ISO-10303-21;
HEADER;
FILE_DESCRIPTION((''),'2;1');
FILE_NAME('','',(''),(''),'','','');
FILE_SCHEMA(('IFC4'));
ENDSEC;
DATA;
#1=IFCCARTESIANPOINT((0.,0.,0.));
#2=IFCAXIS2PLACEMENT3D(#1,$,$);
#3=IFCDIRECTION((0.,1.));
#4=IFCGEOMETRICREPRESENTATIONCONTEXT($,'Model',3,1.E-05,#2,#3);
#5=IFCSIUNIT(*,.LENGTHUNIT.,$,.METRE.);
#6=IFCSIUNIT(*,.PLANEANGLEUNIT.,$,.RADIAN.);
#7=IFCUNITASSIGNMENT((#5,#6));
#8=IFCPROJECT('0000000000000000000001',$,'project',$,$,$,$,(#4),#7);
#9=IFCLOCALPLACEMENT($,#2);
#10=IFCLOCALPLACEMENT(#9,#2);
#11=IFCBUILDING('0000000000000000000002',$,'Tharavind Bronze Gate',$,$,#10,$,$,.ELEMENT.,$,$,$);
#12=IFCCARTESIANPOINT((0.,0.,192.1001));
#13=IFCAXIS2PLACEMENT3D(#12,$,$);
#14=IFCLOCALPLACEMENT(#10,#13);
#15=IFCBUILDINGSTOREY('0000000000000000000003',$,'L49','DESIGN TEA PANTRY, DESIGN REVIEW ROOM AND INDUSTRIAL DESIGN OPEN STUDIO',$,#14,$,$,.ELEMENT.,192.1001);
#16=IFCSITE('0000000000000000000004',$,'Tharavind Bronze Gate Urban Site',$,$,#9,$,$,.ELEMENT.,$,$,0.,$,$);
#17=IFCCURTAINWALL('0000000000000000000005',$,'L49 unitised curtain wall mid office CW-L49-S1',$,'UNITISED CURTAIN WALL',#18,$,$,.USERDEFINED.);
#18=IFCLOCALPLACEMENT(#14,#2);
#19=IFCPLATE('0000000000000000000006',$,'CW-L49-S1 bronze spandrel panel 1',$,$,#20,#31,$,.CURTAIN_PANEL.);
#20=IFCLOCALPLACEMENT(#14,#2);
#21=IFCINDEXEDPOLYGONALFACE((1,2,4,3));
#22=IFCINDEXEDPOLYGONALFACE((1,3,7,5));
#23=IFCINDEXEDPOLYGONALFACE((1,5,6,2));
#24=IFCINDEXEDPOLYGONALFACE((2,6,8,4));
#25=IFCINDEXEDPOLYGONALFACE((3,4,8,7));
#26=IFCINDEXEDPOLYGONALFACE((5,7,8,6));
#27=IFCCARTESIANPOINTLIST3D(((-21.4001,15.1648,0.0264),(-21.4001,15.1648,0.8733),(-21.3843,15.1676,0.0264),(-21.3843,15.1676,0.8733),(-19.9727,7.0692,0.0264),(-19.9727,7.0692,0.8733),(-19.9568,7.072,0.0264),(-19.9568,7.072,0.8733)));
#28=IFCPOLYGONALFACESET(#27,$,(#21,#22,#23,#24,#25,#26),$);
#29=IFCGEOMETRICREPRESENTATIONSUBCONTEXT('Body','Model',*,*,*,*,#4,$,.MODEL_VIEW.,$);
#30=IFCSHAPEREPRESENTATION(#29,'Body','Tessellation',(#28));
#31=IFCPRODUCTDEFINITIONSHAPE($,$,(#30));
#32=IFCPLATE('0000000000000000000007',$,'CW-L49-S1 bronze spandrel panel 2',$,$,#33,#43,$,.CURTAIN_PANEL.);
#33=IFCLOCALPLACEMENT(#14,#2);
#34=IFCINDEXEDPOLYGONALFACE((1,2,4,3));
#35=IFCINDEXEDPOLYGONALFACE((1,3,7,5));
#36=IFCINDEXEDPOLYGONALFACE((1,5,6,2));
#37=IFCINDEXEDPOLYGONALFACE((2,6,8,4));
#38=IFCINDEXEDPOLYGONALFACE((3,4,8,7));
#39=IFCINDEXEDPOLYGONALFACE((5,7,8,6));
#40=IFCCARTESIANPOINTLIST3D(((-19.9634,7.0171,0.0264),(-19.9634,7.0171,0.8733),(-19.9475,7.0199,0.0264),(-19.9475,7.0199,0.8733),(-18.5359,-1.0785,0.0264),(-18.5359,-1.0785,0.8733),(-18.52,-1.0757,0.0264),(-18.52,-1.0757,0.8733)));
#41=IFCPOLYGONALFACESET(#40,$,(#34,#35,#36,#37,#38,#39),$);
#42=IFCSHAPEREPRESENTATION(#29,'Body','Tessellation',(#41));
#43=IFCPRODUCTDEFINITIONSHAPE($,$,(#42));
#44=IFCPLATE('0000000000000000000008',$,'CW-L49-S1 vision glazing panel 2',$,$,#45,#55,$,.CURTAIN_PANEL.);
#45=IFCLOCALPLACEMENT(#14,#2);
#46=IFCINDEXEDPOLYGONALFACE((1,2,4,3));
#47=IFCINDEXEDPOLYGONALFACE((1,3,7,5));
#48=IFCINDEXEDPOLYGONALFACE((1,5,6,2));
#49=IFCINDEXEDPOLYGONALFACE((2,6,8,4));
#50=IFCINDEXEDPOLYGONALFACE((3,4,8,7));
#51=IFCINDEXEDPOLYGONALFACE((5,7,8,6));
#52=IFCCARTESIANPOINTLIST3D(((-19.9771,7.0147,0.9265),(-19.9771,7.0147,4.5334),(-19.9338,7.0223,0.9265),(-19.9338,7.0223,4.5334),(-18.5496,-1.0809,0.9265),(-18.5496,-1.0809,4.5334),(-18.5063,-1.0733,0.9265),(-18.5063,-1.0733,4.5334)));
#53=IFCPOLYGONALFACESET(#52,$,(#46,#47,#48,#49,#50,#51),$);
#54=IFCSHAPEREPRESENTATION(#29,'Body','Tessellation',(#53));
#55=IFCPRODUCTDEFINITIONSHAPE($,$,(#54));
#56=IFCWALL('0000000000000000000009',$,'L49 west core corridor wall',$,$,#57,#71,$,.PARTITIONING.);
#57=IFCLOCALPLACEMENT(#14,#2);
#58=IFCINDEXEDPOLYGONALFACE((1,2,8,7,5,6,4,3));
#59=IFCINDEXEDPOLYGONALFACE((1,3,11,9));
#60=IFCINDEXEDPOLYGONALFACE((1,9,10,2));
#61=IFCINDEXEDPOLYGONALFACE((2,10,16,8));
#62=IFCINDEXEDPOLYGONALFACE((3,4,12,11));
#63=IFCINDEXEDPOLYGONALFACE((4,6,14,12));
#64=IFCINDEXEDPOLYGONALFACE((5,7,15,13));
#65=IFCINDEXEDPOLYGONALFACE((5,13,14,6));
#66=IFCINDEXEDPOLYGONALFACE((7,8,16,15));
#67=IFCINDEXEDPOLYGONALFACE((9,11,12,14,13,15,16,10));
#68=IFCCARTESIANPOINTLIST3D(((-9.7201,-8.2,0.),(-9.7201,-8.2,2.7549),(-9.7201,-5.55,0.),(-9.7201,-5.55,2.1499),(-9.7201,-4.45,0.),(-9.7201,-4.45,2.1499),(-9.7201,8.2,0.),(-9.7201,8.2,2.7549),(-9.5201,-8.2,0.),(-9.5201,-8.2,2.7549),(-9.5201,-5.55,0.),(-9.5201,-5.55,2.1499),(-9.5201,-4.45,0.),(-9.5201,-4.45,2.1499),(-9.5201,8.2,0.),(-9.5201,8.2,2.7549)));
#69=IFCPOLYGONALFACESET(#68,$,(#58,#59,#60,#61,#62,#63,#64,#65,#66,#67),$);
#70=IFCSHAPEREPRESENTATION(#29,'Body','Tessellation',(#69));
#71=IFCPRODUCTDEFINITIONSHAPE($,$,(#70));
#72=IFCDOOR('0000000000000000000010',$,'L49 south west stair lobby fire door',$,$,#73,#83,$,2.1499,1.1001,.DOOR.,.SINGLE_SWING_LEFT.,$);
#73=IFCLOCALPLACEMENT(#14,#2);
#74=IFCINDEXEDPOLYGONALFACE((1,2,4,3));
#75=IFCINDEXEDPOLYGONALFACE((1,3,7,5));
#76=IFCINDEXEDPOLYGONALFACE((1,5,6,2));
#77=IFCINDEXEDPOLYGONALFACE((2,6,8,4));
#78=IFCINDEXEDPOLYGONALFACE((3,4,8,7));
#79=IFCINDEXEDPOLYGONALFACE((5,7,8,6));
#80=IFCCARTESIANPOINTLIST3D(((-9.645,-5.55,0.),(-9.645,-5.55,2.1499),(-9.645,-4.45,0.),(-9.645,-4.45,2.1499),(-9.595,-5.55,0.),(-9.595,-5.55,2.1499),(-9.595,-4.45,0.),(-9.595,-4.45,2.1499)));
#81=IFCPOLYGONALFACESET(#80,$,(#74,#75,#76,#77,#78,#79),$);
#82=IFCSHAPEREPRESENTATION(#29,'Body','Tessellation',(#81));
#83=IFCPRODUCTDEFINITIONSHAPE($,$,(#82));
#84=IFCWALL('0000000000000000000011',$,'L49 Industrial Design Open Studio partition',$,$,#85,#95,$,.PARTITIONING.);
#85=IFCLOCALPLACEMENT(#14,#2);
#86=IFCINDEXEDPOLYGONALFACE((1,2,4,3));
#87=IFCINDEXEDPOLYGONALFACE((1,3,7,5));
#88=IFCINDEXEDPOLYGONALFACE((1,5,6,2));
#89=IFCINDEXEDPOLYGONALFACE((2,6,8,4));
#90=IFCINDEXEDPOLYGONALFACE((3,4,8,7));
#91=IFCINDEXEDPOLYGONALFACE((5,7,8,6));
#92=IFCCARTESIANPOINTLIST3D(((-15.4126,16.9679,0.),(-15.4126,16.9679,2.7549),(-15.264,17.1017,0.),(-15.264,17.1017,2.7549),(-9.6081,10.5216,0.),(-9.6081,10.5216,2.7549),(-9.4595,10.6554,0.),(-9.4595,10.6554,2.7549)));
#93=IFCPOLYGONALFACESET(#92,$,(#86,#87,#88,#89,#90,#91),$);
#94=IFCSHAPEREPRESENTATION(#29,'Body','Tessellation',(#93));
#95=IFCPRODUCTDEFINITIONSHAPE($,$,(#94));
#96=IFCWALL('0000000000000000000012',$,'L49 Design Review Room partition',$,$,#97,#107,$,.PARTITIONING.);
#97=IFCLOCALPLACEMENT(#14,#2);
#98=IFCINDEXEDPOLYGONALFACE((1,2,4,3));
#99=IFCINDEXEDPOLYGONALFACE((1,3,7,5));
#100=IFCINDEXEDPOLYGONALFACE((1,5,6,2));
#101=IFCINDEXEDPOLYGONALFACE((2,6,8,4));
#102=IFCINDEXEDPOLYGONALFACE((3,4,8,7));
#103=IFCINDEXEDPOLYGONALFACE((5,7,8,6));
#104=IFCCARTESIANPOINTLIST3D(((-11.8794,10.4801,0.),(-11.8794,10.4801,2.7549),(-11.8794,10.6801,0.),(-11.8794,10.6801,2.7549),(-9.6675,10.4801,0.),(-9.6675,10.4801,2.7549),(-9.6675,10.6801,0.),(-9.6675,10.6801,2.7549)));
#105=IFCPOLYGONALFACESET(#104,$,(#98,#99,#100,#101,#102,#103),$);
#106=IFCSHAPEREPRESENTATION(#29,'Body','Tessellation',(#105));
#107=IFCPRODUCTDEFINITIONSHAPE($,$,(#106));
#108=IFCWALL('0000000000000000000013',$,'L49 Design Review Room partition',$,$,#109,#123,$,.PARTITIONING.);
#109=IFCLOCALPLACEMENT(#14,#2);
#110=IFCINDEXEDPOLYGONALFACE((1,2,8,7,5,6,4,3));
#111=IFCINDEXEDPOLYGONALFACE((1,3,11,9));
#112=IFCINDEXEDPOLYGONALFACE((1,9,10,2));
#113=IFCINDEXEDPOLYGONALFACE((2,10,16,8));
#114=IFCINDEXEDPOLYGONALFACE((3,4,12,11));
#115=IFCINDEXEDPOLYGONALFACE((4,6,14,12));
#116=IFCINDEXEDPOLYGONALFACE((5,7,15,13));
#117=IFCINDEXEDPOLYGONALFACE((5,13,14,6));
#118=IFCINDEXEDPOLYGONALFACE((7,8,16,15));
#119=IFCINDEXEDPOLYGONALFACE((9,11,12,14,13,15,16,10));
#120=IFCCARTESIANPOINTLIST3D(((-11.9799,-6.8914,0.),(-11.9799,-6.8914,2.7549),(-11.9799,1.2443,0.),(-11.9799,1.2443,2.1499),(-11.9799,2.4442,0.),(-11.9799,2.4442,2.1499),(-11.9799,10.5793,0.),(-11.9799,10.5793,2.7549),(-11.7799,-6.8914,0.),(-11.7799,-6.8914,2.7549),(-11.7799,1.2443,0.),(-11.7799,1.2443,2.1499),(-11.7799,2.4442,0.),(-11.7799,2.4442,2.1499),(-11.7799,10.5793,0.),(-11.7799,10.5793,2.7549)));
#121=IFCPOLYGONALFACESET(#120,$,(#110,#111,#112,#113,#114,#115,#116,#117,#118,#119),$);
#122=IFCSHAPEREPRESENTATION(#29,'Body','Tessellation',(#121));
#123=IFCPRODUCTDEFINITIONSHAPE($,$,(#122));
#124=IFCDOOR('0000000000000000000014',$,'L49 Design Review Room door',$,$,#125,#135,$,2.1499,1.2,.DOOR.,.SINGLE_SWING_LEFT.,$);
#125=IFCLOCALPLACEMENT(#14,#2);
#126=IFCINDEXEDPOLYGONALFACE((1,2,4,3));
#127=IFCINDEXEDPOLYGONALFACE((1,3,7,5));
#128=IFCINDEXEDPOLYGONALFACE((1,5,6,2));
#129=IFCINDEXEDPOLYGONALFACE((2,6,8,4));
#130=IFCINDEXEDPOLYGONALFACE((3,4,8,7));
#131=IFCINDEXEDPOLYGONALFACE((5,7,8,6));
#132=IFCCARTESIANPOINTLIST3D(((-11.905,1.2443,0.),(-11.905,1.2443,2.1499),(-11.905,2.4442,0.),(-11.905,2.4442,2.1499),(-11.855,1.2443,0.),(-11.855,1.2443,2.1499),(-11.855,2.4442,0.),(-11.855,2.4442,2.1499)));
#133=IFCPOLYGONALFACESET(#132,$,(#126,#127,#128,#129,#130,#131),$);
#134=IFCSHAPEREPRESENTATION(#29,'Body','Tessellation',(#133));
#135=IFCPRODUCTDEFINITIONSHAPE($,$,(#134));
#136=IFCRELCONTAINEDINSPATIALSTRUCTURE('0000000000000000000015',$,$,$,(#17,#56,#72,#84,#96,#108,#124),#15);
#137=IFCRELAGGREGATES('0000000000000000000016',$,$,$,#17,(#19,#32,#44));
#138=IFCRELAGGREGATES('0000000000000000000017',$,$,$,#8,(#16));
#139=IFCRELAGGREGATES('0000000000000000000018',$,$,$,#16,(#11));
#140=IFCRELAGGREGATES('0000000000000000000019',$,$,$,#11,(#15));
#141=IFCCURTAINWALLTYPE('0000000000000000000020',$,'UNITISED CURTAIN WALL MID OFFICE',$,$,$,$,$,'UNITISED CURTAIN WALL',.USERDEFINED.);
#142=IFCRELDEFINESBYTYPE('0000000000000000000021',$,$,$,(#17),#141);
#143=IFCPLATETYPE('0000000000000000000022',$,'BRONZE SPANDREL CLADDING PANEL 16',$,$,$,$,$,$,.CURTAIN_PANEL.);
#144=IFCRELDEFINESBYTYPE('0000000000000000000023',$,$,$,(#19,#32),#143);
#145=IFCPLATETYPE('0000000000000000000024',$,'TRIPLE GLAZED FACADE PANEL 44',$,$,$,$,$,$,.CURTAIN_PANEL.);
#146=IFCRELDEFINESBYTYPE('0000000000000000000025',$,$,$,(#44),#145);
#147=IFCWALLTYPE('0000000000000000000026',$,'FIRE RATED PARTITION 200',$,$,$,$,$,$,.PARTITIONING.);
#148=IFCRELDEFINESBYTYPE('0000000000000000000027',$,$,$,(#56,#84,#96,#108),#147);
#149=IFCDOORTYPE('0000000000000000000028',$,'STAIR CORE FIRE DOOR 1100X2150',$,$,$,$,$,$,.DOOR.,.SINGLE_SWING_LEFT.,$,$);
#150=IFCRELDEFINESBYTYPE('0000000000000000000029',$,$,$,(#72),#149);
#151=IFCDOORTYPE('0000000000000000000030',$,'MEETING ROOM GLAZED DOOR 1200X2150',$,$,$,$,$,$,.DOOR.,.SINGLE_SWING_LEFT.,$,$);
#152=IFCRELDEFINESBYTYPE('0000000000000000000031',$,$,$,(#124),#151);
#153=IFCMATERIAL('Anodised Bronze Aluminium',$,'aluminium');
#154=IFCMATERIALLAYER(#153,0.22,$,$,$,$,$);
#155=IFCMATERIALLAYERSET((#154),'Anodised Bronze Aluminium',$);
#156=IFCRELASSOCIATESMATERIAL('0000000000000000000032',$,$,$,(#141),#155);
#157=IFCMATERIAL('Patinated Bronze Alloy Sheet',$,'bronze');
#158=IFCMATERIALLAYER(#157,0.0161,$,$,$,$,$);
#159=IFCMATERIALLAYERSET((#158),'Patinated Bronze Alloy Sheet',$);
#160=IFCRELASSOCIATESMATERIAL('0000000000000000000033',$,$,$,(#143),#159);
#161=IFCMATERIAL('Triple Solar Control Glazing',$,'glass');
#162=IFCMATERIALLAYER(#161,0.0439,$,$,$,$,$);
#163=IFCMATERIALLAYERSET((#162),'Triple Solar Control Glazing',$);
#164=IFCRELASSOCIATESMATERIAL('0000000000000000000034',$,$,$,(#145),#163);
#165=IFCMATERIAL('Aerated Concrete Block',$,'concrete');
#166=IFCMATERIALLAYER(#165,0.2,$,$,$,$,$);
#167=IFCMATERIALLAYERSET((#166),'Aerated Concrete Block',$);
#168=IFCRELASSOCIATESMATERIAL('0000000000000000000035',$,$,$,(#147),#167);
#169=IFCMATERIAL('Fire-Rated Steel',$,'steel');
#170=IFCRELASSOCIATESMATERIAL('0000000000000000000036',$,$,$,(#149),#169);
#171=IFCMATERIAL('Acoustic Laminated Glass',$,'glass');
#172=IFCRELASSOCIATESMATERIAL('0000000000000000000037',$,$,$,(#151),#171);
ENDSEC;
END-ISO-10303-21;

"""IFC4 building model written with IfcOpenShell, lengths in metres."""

from ifc_helpers import new_model, si_unit, direction, frame, frame_2d, origin, origin_2d, place, context, subcontext, project, spatial, rectangle, extrude, material, layer, layer_set, type_object, element, fill, aggregate, save


model = new_model("IFC4")

# Units and contexts
model_context = context("Model", 3, precision=1e-05, world=origin(), true_north=direction((0.0, 1.0)))
body_context = subcontext(model_context, "Body", "Model", "MODEL_VIEW")
ifc_project = project(units=[si_unit("LENGTHUNIT", "METRE"), si_unit("PLANEANGLEUNIT", "RADIAN")], contexts=[model_context])

# Site, building, storey
site_placement = place(None, origin())
site = spatial("IfcSite", under=ifc_project, at=site_placement, Name="Tharavind Bronze Gate Urban Site", CompositionType="ELEMENT", RefElevation=0.0)
building_placement = place(site_placement, origin())
building = spatial("IfcBuilding", under=site, at=building_placement, Name="Tharavind Bronze Gate", CompositionType="ELEMENT")
storey_placement = place(building_placement, frame((0.0, 0.0, 192.1001)))
storey = spatial("IfcBuildingStorey", under=building, at=storey_placement, Name="L49", Description="DESIGN TEA PANTRY, DESIGN REVIEW ROOM AND INDUSTRIAL DESIGN OPEN STUDIO", CompositionType="ELEMENT", Elevation=192.1001)

# Curtain wall
ifc_material_1 = material(Name="Anodised Bronze Aluminium", Category="aluminium")
ifc_layer_1 = layer(ifc_material_1, 0.22)
ifc_layer_set_1 = layer_set([ifc_layer_1], Name="Anodised Bronze Aluminium")
curtain_wall_type = type_object("IfcCurtainWallType", Name="UNITISED CURTAIN WALL MID OFFICE", ElementType="UNITISED CURTAIN WALL", PredefinedType="USERDEFINED", material=ifc_layer_set_1)
curtain_wall_placement = place(storey_placement, origin())
curtain_wall = element("IfcCurtainWall", 1, at=curtain_wall_placement, inside=storey, type_object=curtain_wall_type, Name="L49 unitised curtain wall mid office CW-L49-S1", ObjectType="UNITISED CURTAIN WALL", PredefinedType="USERDEFINED")

# Plates
ifc_material_2 = material(Name="Patinated Bronze Alloy Sheet", Category="bronze")
ifc_layer_2 = layer(ifc_material_2, 0.0161)
ifc_layer_set_2 = layer_set([ifc_layer_2], Name="Patinated Bronze Alloy Sheet")
plate_type_1 = type_object("IfcPlateType", Name="BRONZE SPANDREL CLADDING PANEL 16", PredefinedType="CURTAIN_PANEL", material=ifc_layer_set_2)
plate_1_placement = place(storey_placement, frame((-20.6785, 11.1184, 0.0264), z_axis=(0.0, 0.0, 1.0), x_axis=(0.173648, -0.984808, 0.0)))
plate_1 = element("IfcPlate", 2, at=plate_1_placement, type_object=plate_type_1, Name="CW-L49-S1 bronze spandrel panel 1", PredefinedType="CURTAIN_PANEL", context=body_context, shape_type="SweptSolid", body=[
    extrude(rectangle(XDim=8.2205, YDim=0.0161, at=origin_2d()), origin(), (0.0, 0.0, 1.0), 0.8469),
])
plate_2_placement = place(storey_placement, frame((-19.2417, 2.9707, 0.0264), z_axis=(0.0, 0.0, 1.0), x_axis=(0.173648, -0.984808, 0.0)))
plate_2 = element("IfcPlate", 3, at=plate_2_placement, type_object=plate_type_1, Name="CW-L49-S1 bronze spandrel panel 2", PredefinedType="CURTAIN_PANEL", context=body_context, shape_type="SweptSolid", body=[
    extrude(rectangle(XDim=8.2205, YDim=0.0161, at=origin_2d()), origin(), (0.0, 0.0, 1.0), 0.8469),
])
ifc_material_3 = material(Name="Triple Solar Control Glazing", Category="glass")
ifc_layer_3 = layer(ifc_material_3, 0.0439)
ifc_layer_set_3 = layer_set([ifc_layer_3], Name="Triple Solar Control Glazing")
plate_type_2 = type_object("IfcPlateType", Name="TRIPLE GLAZED FACADE PANEL 44", PredefinedType="CURTAIN_PANEL", material=ifc_layer_set_3)
plate_3_placement = place(storey_placement, frame((-19.2417, 2.9707, 0.9265), z_axis=(0.0, 0.0, 1.0), x_axis=(0.173648, -0.984808, 0.0)))
plate_3 = element("IfcPlate", 4, at=plate_3_placement, type_object=plate_type_2, Name="CW-L49-S1 vision glazing panel 2", PredefinedType="CURTAIN_PANEL", context=body_context, shape_type="SweptSolid", body=[
    extrude(rectangle(XDim=8.2205, YDim=0.0439, at=origin_2d()), origin(), (0.0, 0.0, 1.0), 3.6069),
])
aggregate(curtain_wall, [plate_1, plate_2, plate_3])

# Wall, opening, door
ifc_material_4 = material(Name="Aerated Concrete Block", Category="concrete")
ifc_layer_4 = layer(ifc_material_4, 0.2)
ifc_layer_set_4 = layer_set([ifc_layer_4], Name="Aerated Concrete Block")
wall_type = type_object("IfcWallType", Name="FIRE RATED PARTITION 200", PredefinedType="PARTITIONING", material=ifc_layer_set_4)
wall_1_placement = place(storey_placement, frame((-9.6201, 8.2, 0.0), z_axis=(0.0, 0.0, 1.0), x_axis=(0.0, -1.0, 0.0)))
wall_1 = element("IfcWall", 5, at=wall_1_placement, inside=storey, type_object=wall_type, Name="L49 west core corridor wall", PredefinedType="PARTITIONING", context=body_context, shape_type="SweptSolid", body=[
    extrude(rectangle(XDim=16.3999, YDim=0.2, at=frame_2d((8.2, 0.0))), origin(), (0.0, 0.0, 1.0), 2.7549),
])
opening_1_placement = place(wall_1_placement, frame((12.6499, 0.0, 0.0)))
opening_1 = element("IfcOpeningElement", 6, at=opening_1_placement, cuts=wall_1, PredefinedType="OPENING", context=body_context, shape_type="SweptSolid", body=[
    extrude(rectangle(XDim=1.1001, YDim=2.1499, at=frame_2d((0.55, 1.075))), frame((0.0, 0.1101, 0.0), z_axis=(0.0, -1.0, 0.0), x_axis=(1.0, 0.0, 0.0)), (0.0, 0.0, 1.0), 0.22),
])
ifc_material_5 = material(Name="Fire-Rated Steel", Category="steel")
door_type_1 = type_object("IfcDoorType", Name="STAIR CORE FIRE DOOR 1100X2150", OperationType="SINGLE_SWING_LEFT", PredefinedType="DOOR", material=ifc_material_5)
door_1_placement = place(opening_1_placement, frame((1.1001, 0.0, 0.0), z_axis=(0.0, 0.0, 1.0), x_axis=(-1.0, 0.0, 0.0)))
door_1 = element("IfcDoor", 7, at=door_1_placement, inside=storey, type_object=door_type_1, Name="L49 south west stair lobby fire door", OperationType="SINGLE_SWING_LEFT", OverallHeight=2.1499, OverallWidth=1.1001, PredefinedType="DOOR", context=body_context, shape_type="SweptSolid", body=[
    extrude(rectangle(XDim=1.1001, YDim=2.1499, at=frame_2d((0.55, 1.075))), frame((0.0, 0.0249, 0.0), z_axis=(0.0, -1.0, 0.0), x_axis=(1.0, 0.0, 0.0)), (0.0, 0.0, 1.0), 0.05),
])
fill(opening_1, door_1)

# Walls
wall_2_placement = place(storey_placement, frame((-9.5337, 10.5884, 0.0), z_axis=(0.0, 0.0, 1.0), x_axis=(-0.669142, 0.743135, 0.0)))
element("IfcWall", 8, at=wall_2_placement, inside=storey, type_object=wall_type, Name="L49 Industrial Design Open Studio partition", PredefinedType="PARTITIONING", context=body_context, shape_type="SweptSolid", body=[
    extrude(rectangle(XDim=8.6746, YDim=0.2, at=frame_2d((4.3374, 0.0))), origin(), (0.0, 0.0, 1.0), 2.7549),
])
wall_3_placement = place(storey_placement, frame((-9.6675, 10.5801, 0.0), z_axis=(0.0, 0.0, 1.0), x_axis=(-1.0, 0.0, 0.0)))
element("IfcWall", 9, at=wall_3_placement, inside=storey, type_object=wall_type, Name="L49 Design Review Room partition", PredefinedType="PARTITIONING", context=body_context, shape_type="SweptSolid", body=[
    extrude(rectangle(XDim=2.2119, YDim=0.2, at=frame_2d((1.106, 0.0))), origin(), (0.0, 0.0, 1.0), 2.7549),
])

# Wall, opening, door
wall_4_placement = place(storey_placement, frame((-11.8799, 10.5793, 0.0), z_axis=(0.0, 0.0, 1.0), x_axis=(0.0, -1.0, 0.0)))
wall_4 = element("IfcWall", 10, at=wall_4_placement, inside=storey, type_object=wall_type, Name="L49 Design Review Room partition", PredefinedType="PARTITIONING", context=body_context, shape_type="SweptSolid", body=[
    extrude(rectangle(XDim=17.4707, YDim=0.2, at=frame_2d((8.7354, 0.0))), origin(), (0.0, 0.0, 1.0), 2.7549),
])
opening_2_placement = place(wall_4_placement, frame((8.135, 0.0, 0.0)))
opening_2 = element("IfcOpeningElement", 11, at=opening_2_placement, cuts=wall_4, PredefinedType="OPENING", context=body_context, shape_type="SweptSolid", body=[
    extrude(rectangle(XDim=1.2, YDim=2.1499, at=frame_2d((0.6001, 1.075))), frame((0.0, 0.1101, 0.0), z_axis=(0.0, -1.0, 0.0), x_axis=(1.0, 0.0, 0.0)), (0.0, 0.0, 1.0), 0.22),
])
ifc_material_6 = material(Name="Acoustic Laminated Glass", Category="glass")
door_type_2 = type_object("IfcDoorType", Name="MEETING ROOM GLAZED DOOR 1200X2150", OperationType="SINGLE_SWING_LEFT", PredefinedType="DOOR", material=ifc_material_6)
door_2_placement = place(opening_2_placement, origin())
door_2 = element("IfcDoor", 12, at=door_2_placement, inside=storey, type_object=door_type_2, Name="L49 Design Review Room door", OperationType="SINGLE_SWING_LEFT", OverallHeight=2.1499, OverallWidth=1.2, PredefinedType="DOOR", context=body_context, shape_type="SweptSolid", body=[
    extrude(rectangle(XDim=1.2, YDim=2.1499, at=frame_2d((0.6001, 1.075))), frame((0.0, 0.0249, 0.0), z_axis=(0.0, -1.0, 0.0), x_axis=(1.0, 0.0, 0.0)), (0.0, 0.0, 1.0), 0.05),
])
fill(opening_2, door_2)

save(model, "model.ifc")
